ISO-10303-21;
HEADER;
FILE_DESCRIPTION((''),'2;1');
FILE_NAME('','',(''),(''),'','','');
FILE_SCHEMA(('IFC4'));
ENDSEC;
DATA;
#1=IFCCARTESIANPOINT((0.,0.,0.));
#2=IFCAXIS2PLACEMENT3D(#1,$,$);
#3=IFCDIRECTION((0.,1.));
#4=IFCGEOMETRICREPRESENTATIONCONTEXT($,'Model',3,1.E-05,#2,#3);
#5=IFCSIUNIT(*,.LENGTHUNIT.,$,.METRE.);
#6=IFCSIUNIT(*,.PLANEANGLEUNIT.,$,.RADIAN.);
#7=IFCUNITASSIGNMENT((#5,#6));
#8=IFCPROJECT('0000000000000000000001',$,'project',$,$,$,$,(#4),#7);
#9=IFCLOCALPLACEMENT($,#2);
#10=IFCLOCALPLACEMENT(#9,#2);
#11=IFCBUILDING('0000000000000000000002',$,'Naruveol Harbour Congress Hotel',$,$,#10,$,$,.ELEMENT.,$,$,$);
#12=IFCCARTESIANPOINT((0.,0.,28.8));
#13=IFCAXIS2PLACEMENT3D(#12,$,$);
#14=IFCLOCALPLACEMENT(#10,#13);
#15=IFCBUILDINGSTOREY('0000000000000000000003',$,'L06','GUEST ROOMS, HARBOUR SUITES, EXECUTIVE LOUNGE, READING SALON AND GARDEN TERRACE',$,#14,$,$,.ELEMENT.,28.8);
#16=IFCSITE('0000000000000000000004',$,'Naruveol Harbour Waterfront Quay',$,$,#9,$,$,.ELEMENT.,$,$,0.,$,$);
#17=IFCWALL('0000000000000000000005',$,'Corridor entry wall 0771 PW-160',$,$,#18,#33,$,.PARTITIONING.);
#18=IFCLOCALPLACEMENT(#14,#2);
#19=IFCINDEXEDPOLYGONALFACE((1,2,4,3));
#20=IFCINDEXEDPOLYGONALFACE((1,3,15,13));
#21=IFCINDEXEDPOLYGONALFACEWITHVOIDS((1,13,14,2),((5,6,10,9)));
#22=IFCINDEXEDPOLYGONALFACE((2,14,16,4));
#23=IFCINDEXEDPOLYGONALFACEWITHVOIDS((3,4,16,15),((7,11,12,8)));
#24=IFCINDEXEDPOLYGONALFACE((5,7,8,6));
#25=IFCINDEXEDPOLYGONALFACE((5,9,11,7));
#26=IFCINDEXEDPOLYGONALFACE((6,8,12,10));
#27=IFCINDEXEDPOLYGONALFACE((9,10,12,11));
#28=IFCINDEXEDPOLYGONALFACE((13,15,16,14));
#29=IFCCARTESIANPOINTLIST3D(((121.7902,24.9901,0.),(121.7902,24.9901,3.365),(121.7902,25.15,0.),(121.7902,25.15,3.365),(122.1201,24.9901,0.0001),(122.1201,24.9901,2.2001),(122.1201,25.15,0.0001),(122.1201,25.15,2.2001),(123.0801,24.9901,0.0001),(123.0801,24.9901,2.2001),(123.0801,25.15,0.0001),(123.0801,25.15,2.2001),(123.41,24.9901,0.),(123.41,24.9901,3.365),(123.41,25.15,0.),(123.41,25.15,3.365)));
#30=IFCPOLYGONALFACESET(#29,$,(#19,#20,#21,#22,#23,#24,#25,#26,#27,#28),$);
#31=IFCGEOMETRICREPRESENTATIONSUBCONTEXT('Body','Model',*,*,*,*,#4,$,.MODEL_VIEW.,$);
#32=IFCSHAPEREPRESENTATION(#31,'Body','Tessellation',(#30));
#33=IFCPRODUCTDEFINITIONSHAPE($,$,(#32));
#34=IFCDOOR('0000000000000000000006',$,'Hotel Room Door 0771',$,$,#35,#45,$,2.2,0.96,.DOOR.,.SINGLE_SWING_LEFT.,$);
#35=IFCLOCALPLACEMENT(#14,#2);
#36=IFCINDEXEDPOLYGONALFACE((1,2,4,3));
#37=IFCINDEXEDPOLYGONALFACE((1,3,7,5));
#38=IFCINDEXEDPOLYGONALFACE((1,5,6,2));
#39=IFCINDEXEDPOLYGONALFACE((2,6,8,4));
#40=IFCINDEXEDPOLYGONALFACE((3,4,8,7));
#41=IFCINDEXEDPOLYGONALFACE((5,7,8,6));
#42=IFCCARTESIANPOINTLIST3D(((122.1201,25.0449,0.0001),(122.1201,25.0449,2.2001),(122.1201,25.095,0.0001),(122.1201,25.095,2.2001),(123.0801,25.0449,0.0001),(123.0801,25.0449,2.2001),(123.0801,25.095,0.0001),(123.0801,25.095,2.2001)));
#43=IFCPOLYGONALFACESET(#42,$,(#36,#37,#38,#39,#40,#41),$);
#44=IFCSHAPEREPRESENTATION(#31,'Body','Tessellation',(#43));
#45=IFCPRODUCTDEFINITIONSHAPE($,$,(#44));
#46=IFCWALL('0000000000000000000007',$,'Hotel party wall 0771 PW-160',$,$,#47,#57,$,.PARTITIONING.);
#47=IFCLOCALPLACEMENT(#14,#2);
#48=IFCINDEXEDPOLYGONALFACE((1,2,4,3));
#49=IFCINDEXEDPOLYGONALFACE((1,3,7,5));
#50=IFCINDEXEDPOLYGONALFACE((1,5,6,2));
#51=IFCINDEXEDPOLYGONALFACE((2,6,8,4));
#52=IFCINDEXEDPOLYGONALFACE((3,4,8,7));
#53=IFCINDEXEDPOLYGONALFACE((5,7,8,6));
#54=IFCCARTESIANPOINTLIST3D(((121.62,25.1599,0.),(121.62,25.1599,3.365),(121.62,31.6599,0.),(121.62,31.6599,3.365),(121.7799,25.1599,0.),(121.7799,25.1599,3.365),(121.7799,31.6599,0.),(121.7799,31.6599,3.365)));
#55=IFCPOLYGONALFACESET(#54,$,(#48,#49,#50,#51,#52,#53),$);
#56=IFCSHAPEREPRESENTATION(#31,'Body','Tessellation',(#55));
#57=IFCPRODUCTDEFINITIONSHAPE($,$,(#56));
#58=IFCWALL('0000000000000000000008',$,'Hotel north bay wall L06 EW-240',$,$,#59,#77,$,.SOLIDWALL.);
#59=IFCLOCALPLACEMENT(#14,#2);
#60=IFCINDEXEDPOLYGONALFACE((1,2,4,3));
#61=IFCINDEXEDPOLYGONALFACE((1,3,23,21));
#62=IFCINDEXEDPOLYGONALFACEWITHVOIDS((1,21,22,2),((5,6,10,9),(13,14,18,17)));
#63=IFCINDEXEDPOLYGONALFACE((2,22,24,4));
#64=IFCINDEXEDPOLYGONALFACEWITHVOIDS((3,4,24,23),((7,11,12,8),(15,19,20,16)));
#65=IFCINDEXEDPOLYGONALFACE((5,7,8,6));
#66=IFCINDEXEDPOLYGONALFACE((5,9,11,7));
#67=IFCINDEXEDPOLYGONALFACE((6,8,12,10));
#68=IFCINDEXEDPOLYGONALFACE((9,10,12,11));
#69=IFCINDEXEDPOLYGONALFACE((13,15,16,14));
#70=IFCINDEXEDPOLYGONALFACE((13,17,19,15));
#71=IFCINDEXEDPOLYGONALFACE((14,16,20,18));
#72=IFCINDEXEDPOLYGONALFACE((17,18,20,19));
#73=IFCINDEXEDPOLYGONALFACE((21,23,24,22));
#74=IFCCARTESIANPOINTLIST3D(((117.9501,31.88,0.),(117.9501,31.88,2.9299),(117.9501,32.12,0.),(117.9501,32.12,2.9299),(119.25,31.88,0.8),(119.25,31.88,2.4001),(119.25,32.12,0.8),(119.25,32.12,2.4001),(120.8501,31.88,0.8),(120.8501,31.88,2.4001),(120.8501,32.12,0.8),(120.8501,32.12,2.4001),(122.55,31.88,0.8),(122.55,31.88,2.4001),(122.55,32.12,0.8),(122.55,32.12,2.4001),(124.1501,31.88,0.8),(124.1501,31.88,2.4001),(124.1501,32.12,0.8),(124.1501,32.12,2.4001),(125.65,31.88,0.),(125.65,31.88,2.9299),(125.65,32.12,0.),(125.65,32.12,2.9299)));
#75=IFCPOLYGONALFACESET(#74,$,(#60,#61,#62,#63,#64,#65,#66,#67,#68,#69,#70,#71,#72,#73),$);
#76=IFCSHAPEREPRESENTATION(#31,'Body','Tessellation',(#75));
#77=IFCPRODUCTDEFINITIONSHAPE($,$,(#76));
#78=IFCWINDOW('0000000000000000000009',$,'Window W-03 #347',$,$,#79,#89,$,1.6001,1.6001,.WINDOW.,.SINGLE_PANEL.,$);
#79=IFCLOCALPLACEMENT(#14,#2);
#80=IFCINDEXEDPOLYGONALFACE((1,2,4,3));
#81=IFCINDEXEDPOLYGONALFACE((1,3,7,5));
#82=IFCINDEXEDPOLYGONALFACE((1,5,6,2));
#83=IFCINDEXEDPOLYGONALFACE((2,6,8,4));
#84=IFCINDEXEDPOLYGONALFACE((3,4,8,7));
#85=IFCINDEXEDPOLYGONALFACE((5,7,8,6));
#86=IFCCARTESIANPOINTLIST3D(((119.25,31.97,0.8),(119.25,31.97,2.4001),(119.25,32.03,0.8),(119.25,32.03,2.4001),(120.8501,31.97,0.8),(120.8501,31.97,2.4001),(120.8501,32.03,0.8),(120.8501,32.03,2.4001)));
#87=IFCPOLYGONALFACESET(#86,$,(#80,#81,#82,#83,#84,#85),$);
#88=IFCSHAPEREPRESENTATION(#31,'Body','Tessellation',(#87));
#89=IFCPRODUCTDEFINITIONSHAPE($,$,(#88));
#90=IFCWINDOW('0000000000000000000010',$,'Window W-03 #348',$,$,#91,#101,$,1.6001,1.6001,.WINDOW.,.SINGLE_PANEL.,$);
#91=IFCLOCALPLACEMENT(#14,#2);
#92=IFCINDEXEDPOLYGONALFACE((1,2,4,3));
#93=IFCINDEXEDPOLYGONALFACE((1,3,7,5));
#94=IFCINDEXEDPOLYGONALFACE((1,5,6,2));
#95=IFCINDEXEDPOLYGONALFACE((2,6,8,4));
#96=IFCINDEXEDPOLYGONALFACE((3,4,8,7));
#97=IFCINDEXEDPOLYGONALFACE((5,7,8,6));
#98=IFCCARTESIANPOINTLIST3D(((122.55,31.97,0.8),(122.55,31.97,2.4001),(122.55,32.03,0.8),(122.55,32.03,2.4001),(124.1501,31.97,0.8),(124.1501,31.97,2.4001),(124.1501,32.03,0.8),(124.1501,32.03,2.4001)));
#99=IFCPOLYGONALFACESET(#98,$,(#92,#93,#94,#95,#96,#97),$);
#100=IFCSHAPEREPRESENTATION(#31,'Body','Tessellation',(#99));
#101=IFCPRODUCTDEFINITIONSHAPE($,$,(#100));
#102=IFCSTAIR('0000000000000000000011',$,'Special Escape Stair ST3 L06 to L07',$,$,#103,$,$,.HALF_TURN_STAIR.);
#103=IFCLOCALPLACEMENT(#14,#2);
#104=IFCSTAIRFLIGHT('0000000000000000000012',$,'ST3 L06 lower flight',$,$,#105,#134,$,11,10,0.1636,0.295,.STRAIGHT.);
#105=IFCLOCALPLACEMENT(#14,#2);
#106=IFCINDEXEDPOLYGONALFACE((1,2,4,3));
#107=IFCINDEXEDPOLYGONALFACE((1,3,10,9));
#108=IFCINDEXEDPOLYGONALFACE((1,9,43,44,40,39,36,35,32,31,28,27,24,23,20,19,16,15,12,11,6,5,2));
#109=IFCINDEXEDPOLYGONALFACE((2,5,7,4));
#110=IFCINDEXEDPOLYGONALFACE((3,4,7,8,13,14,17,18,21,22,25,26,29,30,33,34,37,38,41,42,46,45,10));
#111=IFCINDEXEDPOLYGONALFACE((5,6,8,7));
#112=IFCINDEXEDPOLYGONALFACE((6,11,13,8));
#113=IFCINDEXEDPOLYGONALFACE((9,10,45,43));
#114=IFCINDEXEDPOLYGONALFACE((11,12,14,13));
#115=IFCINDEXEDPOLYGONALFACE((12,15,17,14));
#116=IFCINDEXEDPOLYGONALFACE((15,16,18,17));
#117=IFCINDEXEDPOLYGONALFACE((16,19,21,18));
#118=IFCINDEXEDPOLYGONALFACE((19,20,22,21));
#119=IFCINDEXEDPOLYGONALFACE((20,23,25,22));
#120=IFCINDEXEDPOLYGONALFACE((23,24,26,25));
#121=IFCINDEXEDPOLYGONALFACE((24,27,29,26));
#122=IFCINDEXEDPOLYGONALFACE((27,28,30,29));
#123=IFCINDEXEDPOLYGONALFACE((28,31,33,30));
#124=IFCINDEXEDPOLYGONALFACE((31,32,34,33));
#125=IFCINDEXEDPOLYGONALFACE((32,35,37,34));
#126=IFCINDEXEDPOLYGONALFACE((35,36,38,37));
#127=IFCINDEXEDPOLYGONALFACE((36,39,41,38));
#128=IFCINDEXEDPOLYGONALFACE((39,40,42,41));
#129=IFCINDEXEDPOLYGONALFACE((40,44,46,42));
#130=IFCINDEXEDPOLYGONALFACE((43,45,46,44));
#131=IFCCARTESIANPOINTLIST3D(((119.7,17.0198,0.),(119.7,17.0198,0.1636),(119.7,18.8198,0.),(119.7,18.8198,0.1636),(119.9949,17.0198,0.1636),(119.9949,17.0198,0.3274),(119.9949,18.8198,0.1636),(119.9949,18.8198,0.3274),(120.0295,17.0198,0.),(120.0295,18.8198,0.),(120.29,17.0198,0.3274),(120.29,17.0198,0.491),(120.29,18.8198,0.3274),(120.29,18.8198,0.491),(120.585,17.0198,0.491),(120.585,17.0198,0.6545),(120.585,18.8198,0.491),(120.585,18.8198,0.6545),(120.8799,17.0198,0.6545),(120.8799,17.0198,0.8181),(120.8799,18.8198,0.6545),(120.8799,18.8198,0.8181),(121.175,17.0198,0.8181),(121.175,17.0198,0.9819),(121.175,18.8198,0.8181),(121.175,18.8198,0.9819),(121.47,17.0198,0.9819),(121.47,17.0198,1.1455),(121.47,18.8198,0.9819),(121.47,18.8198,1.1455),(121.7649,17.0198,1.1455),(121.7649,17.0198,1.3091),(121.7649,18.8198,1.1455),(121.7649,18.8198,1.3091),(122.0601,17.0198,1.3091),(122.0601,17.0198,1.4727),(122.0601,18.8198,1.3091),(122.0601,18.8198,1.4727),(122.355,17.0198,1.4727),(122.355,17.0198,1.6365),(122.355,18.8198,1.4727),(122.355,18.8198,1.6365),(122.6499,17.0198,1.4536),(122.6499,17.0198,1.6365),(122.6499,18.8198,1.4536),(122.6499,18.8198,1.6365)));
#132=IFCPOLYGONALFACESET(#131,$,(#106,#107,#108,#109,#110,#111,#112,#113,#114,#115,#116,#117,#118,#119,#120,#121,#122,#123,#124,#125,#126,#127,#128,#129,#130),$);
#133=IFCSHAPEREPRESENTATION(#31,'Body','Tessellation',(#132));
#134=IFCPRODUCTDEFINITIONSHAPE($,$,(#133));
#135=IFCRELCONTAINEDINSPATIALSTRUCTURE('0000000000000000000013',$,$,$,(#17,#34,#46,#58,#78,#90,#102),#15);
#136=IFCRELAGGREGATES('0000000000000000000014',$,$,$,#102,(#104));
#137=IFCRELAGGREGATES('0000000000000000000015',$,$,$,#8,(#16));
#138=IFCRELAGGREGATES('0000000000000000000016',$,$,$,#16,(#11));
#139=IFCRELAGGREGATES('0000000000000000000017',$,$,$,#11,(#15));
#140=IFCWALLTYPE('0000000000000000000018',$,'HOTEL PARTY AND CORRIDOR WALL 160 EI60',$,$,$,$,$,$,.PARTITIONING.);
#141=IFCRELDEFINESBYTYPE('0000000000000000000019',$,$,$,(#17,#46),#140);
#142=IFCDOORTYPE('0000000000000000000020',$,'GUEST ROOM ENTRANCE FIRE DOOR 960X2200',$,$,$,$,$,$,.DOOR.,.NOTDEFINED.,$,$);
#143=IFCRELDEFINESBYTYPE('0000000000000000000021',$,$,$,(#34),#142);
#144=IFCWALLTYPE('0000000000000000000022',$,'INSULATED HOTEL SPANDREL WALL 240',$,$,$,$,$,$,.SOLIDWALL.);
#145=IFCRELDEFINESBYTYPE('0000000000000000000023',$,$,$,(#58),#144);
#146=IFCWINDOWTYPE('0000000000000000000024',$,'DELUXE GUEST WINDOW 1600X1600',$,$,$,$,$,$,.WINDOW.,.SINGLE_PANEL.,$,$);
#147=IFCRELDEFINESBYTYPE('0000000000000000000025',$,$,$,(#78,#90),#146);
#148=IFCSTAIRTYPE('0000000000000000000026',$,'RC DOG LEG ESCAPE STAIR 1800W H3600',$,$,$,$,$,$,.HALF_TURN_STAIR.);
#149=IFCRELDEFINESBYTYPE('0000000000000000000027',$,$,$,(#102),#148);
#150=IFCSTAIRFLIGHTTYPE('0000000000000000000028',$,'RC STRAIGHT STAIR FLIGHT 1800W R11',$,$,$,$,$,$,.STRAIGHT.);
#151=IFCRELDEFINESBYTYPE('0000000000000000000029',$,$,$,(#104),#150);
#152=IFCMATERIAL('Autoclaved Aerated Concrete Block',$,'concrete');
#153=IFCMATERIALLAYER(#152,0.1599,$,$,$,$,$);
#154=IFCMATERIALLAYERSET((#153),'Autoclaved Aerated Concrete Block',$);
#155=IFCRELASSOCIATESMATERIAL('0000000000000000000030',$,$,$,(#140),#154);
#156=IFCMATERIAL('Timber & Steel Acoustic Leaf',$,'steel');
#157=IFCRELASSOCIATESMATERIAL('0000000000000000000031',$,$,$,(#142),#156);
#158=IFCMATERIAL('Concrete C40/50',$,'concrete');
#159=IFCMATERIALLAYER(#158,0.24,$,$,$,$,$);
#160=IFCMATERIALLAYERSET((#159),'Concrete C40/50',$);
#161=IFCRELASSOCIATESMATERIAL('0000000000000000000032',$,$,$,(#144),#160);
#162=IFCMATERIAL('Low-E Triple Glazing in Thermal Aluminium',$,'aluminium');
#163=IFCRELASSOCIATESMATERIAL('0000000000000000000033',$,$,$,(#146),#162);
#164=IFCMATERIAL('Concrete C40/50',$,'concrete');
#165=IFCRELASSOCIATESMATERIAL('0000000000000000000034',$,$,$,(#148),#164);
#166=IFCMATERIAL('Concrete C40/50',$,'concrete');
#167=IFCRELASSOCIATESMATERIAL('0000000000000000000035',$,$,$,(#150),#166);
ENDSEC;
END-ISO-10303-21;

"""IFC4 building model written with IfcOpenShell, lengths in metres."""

from ifc_helpers import new_model, si_unit, direction, frame, frame_2d, origin, place, context, subcontext, project, spatial, polyline, rectangle, outline, extrude, material, layer, layer_set, type_object, element, fill, aggregate, save


model = new_model("IFC4")

# Units and contexts
model_context = context("Model", 3, precision=1e-05, world=origin(), true_north=direction((0.0, 1.0)))
body_context = subcontext(model_context, "Body", "Model", "MODEL_VIEW")
ifc_project = project(units=[si_unit("LENGTHUNIT", "METRE"), si_unit("PLANEANGLEUNIT", "RADIAN")], contexts=[model_context])

# Site, building, storey
site_placement = place(None, origin())
site = spatial("IfcSite", under=ifc_project, at=site_placement, Name="Naruveol Harbour Waterfront Quay", CompositionType="ELEMENT", RefElevation=0.0)
building_placement = place(site_placement, origin())
building = spatial("IfcBuilding", under=site, at=building_placement, Name="Naruveol Harbour Congress Hotel", CompositionType="ELEMENT")
storey_placement = place(building_placement, frame((0.0, 0.0, 28.8)))
storey = spatial("IfcBuildingStorey", under=building, at=storey_placement, Name="L06", Description="GUEST ROOMS, HARBOUR SUITES, EXECUTIVE LOUNGE, READING SALON AND GARDEN TERRACE", CompositionType="ELEMENT", Elevation=28.8)

# Shared definitions
ifc_material_1 = material(Name="Autoclaved Aerated Concrete Block", Category="concrete")
ifc_layer_1 = layer(ifc_material_1, 0.1599)
ifc_layer_set_1 = layer_set([ifc_layer_1], Name="Autoclaved Aerated Concrete Block")
wall_type_1 = type_object("IfcWallType", Name="HOTEL PARTY AND CORRIDOR WALL 160 EI60", PredefinedType="PARTITIONING", material=ifc_layer_set_1)

# Shared definitions
ifc_material_2 = material(Name="Timber & Steel Acoustic Leaf", Category="steel")
door_type_1 = type_object("IfcDoorType", Name="GUEST ROOM ENTRANCE FIRE DOOR 960X2200", OperationType="NOTDEFINED", PredefinedType="DOOR", material=ifc_material_2)

# Wall, opening, door
wall_1_placement = place(storey_placement, frame((121.79, 25.0701, 0.0), z_axis=(0.0, 0.0, 1.0), x_axis=(1.0, 0.0, 0.0)))
wall_1 = element("IfcWall", 1, at=wall_1_placement, inside=storey, type_object=wall_type_1, Name="Corridor entry wall 0771 PW-160", PredefinedType="PARTITIONING", context=body_context, shape_type="SweptSolid", body=[
    extrude(rectangle(XDim=1.6199, YDim=0.1599, at=frame_2d((0.8101, 0.0))), origin(), (0.0, 0.0, 1.0), 3.365),
])
opening_1_placement = place(wall_1_placement, frame((0.3301, 0.0, 0.0)))
opening_1 = element("IfcOpeningElement", 2, at=opening_1_placement, cuts=wall_1, PredefinedType="OPENING", context=body_context, shape_type="SweptSolid", body=[
    extrude(rectangle(XDim=0.96, YDim=2.2, at=frame_2d((0.48, 1.1001))), frame((0.0, 0.0898, 0.0), z_axis=(0.0, -1.0, 0.0), x_axis=(1.0, 0.0, 0.0)), (0.0, 0.0, 1.0), 0.1799),
])
door_1_placement = place(opening_1_placement, origin())
door_1 = element("IfcDoor", 3, at=door_1_placement, inside=storey, type_object=door_type_1, Name="Hotel Room Door 0771", OperationType="SINGLE_SWING_LEFT", OverallHeight=2.2, OverallWidth=0.96, PredefinedType="DOOR", context=body_context, shape_type="SweptSolid", body=[
    extrude(rectangle(XDim=0.96, YDim=2.2, at=frame_2d((0.48, 1.1001))), frame((0.0, 0.0249, 0.0), z_axis=(0.0, -1.0, 0.0), x_axis=(1.0, 0.0, 0.0)), (0.0, 0.0, 1.0), 0.05),
])
fill(opening_1, door_1)

# Wall
wall_2_placement = place(storey_placement, frame((121.7, 25.1599, 0.0), z_axis=(0.0, 0.0, 1.0), x_axis=(0.0, 1.0, 0.0)))
element("IfcWall", 4, at=wall_2_placement, inside=storey, type_object=wall_type_1, Name="Hotel party wall 0771 PW-160", PredefinedType="PARTITIONING", context=body_context, shape_type="SweptSolid", body=[
    extrude(rectangle(XDim=6.5, YDim=0.1599, at=frame_2d((3.25, 0.0))), origin(), (0.0, 0.0, 1.0), 3.365),
])

# Wall, openings, windows
ifc_material_3 = material(Name="Concrete C40/50", Category="concrete")
ifc_layer_2 = layer(ifc_material_3, 0.24)
ifc_layer_set_2 = layer_set([ifc_layer_2], Name="Concrete C40/50")
wall_type_2 = type_object("IfcWallType", Name="INSULATED HOTEL SPANDREL WALL 240", PredefinedType="SOLIDWALL", material=ifc_layer_set_2)
wall_3_placement = place(storey_placement, frame((117.95, 32.0, 0.0), z_axis=(0.0, 0.0, 1.0), x_axis=(1.0, 0.0, 0.0)))
wall_3 = element("IfcWall", 5, at=wall_3_placement, inside=storey, type_object=wall_type_2, Name="Hotel north bay wall L06 EW-240", PredefinedType="SOLIDWALL", context=body_context, shape_type="SweptSolid", body=[
    extrude(rectangle(XDim=7.7, YDim=0.24, at=frame_2d((3.8501, 0.0))), origin(), (0.0, 0.0, 1.0), 2.9299),
])
opening_2_placement = place(wall_3_placement, frame((1.3, 0.0, 0.8)))
opening_2 = element("IfcOpeningElement", 6, at=opening_2_placement, cuts=wall_3, PredefinedType="OPENING", context=body_context, shape_type="SweptSolid", body=[
    extrude(rectangle(XDim=1.6001, YDim=1.6001, at=frame_2d((0.8, 0.8))), frame((0.0, 0.1299, 0.0), z_axis=(0.0, -1.0, 0.0), x_axis=(1.0, 0.0, 0.0)), (0.0, 0.0, 1.0), 0.26),
])
opening_3_placement = place(wall_3_placement, frame((4.6001, 0.0, 0.8)))
opening_3 = element("IfcOpeningElement", 7, at=opening_3_placement, cuts=wall_3, PredefinedType="OPENING", context=body_context, shape_type="SweptSolid", body=[
    extrude(rectangle(XDim=1.6001, YDim=1.6001, at=frame_2d((0.8, 0.8))), frame((0.0, 0.1299, 0.0), z_axis=(0.0, -1.0, 0.0), x_axis=(1.0, 0.0, 0.0)), (0.0, 0.0, 1.0), 0.26),
])
ifc_material_4 = material(Name="Low-E Triple Glazing in Thermal Aluminium", Category="aluminium")
window_type = type_object("IfcWindowType", Name="DELUXE GUEST WINDOW 1600X1600", PartitioningType="SINGLE_PANEL", PredefinedType="WINDOW", material=ifc_material_4)
window_1_placement = place(opening_2_placement, origin())
window_1 = element("IfcWindow", 8, at=window_1_placement, inside=storey, type_object=window_type, Name="Window W-03 #347", OverallHeight=1.6001, OverallWidth=1.6001, PartitioningType="SINGLE_PANEL", PredefinedType="WINDOW", context=body_context, shape_type="SweptSolid", body=[
    extrude(rectangle(XDim=1.6001, YDim=1.6001, at=frame_2d((0.8, 0.8))), frame((0.0, 0.03, 0.0), z_axis=(0.0, -1.0, 0.0), x_axis=(1.0, 0.0, 0.0)), (0.0, 0.0, 1.0), 0.0601),
])
fill(opening_2, window_1)
window_2_placement = place(opening_3_placement, origin())
window_2 = element("IfcWindow", 9, at=window_2_placement, inside=storey, type_object=window_type, Name="Window W-03 #348", OverallHeight=1.6001, OverallWidth=1.6001, PartitioningType="SINGLE_PANEL", PredefinedType="WINDOW", context=body_context, shape_type="SweptSolid", body=[
    extrude(rectangle(XDim=1.6001, YDim=1.6001, at=frame_2d((0.8, 0.8))), frame((0.0, 0.03, 0.0), z_axis=(0.0, -1.0, 0.0), x_axis=(1.0, 0.0, 0.0)), (0.0, 0.0, 1.0), 0.0601),
])
fill(opening_3, window_2)

# Stair, stair flight
ifc_material_5 = material(Name="Concrete C40/50", Category="concrete")
stair_type = type_object("IfcStairType", Name="RC DOG LEG ESCAPE STAIR 1800W H3600", PredefinedType="HALF_TURN_STAIR", material=ifc_material_5)
stair_placement = place(storey_placement, origin())
stair = element("IfcStair", 10, at=stair_placement, inside=storey, type_object=stair_type, Name="Special Escape Stair ST3 L06 to L07", PredefinedType="HALF_TURN_STAIR")
ifc_material_6 = material(Name="Concrete C40/50", Category="concrete")
stair_flight_type = type_object("IfcStairFlightType", Name="RC STRAIGHT STAIR FLIGHT 1800W R11", PredefinedType="STRAIGHT", material=ifc_material_6)
stair_flight_placement = place(storey_placement, frame((119.7, 17.9199, 0.0), z_axis=(0.0, 0.0, 1.0), x_axis=(1.0, 0.0, 0.0)))
stair_flight = element("IfcStairFlight", 11, at=stair_flight_placement, type_object=stair_flight_type, Name="ST3 L06 lower flight", NumberOfRisers=11, NumberOfTreads=10, PredefinedType="STRAIGHT", RiserHeight=0.1636, TreadLength=0.295, context=body_context, shape_type="SweptSolid", body=[
    extrude(outline(polyline([(0.0, 0.0), (0.0, 0.1636), (0.2949, 0.1636), (0.2949, 0.3274), (0.5901, 0.3274), (0.5901, 0.491), (0.885, 0.491), (0.885, 0.6545), (1.1799, 0.6545), (1.1799, 0.8181), (1.4751, 0.8181), (1.4751, 0.9819), (1.77, 0.9819), (1.77, 1.1455), (2.0649, 1.1455), (2.0649, 1.3091), (2.3601, 1.3091), (2.3601, 1.4727), (2.655, 1.4727), (2.655, 1.6365), (2.95, 1.6365), (2.95, 1.8), (2.95, 1.4536), (0.3296, 0.0), (0.0, 0.0)])), frame((0.0, 0.8999, 0.0), z_axis=(0.0, -1.0, 0.0), x_axis=(1.0, 0.0, 0.0)), (0.0, 0.0, 1.0), 1.8),
])
aggregate(stair, [stair_flight])

save(model, "model.ifc")
